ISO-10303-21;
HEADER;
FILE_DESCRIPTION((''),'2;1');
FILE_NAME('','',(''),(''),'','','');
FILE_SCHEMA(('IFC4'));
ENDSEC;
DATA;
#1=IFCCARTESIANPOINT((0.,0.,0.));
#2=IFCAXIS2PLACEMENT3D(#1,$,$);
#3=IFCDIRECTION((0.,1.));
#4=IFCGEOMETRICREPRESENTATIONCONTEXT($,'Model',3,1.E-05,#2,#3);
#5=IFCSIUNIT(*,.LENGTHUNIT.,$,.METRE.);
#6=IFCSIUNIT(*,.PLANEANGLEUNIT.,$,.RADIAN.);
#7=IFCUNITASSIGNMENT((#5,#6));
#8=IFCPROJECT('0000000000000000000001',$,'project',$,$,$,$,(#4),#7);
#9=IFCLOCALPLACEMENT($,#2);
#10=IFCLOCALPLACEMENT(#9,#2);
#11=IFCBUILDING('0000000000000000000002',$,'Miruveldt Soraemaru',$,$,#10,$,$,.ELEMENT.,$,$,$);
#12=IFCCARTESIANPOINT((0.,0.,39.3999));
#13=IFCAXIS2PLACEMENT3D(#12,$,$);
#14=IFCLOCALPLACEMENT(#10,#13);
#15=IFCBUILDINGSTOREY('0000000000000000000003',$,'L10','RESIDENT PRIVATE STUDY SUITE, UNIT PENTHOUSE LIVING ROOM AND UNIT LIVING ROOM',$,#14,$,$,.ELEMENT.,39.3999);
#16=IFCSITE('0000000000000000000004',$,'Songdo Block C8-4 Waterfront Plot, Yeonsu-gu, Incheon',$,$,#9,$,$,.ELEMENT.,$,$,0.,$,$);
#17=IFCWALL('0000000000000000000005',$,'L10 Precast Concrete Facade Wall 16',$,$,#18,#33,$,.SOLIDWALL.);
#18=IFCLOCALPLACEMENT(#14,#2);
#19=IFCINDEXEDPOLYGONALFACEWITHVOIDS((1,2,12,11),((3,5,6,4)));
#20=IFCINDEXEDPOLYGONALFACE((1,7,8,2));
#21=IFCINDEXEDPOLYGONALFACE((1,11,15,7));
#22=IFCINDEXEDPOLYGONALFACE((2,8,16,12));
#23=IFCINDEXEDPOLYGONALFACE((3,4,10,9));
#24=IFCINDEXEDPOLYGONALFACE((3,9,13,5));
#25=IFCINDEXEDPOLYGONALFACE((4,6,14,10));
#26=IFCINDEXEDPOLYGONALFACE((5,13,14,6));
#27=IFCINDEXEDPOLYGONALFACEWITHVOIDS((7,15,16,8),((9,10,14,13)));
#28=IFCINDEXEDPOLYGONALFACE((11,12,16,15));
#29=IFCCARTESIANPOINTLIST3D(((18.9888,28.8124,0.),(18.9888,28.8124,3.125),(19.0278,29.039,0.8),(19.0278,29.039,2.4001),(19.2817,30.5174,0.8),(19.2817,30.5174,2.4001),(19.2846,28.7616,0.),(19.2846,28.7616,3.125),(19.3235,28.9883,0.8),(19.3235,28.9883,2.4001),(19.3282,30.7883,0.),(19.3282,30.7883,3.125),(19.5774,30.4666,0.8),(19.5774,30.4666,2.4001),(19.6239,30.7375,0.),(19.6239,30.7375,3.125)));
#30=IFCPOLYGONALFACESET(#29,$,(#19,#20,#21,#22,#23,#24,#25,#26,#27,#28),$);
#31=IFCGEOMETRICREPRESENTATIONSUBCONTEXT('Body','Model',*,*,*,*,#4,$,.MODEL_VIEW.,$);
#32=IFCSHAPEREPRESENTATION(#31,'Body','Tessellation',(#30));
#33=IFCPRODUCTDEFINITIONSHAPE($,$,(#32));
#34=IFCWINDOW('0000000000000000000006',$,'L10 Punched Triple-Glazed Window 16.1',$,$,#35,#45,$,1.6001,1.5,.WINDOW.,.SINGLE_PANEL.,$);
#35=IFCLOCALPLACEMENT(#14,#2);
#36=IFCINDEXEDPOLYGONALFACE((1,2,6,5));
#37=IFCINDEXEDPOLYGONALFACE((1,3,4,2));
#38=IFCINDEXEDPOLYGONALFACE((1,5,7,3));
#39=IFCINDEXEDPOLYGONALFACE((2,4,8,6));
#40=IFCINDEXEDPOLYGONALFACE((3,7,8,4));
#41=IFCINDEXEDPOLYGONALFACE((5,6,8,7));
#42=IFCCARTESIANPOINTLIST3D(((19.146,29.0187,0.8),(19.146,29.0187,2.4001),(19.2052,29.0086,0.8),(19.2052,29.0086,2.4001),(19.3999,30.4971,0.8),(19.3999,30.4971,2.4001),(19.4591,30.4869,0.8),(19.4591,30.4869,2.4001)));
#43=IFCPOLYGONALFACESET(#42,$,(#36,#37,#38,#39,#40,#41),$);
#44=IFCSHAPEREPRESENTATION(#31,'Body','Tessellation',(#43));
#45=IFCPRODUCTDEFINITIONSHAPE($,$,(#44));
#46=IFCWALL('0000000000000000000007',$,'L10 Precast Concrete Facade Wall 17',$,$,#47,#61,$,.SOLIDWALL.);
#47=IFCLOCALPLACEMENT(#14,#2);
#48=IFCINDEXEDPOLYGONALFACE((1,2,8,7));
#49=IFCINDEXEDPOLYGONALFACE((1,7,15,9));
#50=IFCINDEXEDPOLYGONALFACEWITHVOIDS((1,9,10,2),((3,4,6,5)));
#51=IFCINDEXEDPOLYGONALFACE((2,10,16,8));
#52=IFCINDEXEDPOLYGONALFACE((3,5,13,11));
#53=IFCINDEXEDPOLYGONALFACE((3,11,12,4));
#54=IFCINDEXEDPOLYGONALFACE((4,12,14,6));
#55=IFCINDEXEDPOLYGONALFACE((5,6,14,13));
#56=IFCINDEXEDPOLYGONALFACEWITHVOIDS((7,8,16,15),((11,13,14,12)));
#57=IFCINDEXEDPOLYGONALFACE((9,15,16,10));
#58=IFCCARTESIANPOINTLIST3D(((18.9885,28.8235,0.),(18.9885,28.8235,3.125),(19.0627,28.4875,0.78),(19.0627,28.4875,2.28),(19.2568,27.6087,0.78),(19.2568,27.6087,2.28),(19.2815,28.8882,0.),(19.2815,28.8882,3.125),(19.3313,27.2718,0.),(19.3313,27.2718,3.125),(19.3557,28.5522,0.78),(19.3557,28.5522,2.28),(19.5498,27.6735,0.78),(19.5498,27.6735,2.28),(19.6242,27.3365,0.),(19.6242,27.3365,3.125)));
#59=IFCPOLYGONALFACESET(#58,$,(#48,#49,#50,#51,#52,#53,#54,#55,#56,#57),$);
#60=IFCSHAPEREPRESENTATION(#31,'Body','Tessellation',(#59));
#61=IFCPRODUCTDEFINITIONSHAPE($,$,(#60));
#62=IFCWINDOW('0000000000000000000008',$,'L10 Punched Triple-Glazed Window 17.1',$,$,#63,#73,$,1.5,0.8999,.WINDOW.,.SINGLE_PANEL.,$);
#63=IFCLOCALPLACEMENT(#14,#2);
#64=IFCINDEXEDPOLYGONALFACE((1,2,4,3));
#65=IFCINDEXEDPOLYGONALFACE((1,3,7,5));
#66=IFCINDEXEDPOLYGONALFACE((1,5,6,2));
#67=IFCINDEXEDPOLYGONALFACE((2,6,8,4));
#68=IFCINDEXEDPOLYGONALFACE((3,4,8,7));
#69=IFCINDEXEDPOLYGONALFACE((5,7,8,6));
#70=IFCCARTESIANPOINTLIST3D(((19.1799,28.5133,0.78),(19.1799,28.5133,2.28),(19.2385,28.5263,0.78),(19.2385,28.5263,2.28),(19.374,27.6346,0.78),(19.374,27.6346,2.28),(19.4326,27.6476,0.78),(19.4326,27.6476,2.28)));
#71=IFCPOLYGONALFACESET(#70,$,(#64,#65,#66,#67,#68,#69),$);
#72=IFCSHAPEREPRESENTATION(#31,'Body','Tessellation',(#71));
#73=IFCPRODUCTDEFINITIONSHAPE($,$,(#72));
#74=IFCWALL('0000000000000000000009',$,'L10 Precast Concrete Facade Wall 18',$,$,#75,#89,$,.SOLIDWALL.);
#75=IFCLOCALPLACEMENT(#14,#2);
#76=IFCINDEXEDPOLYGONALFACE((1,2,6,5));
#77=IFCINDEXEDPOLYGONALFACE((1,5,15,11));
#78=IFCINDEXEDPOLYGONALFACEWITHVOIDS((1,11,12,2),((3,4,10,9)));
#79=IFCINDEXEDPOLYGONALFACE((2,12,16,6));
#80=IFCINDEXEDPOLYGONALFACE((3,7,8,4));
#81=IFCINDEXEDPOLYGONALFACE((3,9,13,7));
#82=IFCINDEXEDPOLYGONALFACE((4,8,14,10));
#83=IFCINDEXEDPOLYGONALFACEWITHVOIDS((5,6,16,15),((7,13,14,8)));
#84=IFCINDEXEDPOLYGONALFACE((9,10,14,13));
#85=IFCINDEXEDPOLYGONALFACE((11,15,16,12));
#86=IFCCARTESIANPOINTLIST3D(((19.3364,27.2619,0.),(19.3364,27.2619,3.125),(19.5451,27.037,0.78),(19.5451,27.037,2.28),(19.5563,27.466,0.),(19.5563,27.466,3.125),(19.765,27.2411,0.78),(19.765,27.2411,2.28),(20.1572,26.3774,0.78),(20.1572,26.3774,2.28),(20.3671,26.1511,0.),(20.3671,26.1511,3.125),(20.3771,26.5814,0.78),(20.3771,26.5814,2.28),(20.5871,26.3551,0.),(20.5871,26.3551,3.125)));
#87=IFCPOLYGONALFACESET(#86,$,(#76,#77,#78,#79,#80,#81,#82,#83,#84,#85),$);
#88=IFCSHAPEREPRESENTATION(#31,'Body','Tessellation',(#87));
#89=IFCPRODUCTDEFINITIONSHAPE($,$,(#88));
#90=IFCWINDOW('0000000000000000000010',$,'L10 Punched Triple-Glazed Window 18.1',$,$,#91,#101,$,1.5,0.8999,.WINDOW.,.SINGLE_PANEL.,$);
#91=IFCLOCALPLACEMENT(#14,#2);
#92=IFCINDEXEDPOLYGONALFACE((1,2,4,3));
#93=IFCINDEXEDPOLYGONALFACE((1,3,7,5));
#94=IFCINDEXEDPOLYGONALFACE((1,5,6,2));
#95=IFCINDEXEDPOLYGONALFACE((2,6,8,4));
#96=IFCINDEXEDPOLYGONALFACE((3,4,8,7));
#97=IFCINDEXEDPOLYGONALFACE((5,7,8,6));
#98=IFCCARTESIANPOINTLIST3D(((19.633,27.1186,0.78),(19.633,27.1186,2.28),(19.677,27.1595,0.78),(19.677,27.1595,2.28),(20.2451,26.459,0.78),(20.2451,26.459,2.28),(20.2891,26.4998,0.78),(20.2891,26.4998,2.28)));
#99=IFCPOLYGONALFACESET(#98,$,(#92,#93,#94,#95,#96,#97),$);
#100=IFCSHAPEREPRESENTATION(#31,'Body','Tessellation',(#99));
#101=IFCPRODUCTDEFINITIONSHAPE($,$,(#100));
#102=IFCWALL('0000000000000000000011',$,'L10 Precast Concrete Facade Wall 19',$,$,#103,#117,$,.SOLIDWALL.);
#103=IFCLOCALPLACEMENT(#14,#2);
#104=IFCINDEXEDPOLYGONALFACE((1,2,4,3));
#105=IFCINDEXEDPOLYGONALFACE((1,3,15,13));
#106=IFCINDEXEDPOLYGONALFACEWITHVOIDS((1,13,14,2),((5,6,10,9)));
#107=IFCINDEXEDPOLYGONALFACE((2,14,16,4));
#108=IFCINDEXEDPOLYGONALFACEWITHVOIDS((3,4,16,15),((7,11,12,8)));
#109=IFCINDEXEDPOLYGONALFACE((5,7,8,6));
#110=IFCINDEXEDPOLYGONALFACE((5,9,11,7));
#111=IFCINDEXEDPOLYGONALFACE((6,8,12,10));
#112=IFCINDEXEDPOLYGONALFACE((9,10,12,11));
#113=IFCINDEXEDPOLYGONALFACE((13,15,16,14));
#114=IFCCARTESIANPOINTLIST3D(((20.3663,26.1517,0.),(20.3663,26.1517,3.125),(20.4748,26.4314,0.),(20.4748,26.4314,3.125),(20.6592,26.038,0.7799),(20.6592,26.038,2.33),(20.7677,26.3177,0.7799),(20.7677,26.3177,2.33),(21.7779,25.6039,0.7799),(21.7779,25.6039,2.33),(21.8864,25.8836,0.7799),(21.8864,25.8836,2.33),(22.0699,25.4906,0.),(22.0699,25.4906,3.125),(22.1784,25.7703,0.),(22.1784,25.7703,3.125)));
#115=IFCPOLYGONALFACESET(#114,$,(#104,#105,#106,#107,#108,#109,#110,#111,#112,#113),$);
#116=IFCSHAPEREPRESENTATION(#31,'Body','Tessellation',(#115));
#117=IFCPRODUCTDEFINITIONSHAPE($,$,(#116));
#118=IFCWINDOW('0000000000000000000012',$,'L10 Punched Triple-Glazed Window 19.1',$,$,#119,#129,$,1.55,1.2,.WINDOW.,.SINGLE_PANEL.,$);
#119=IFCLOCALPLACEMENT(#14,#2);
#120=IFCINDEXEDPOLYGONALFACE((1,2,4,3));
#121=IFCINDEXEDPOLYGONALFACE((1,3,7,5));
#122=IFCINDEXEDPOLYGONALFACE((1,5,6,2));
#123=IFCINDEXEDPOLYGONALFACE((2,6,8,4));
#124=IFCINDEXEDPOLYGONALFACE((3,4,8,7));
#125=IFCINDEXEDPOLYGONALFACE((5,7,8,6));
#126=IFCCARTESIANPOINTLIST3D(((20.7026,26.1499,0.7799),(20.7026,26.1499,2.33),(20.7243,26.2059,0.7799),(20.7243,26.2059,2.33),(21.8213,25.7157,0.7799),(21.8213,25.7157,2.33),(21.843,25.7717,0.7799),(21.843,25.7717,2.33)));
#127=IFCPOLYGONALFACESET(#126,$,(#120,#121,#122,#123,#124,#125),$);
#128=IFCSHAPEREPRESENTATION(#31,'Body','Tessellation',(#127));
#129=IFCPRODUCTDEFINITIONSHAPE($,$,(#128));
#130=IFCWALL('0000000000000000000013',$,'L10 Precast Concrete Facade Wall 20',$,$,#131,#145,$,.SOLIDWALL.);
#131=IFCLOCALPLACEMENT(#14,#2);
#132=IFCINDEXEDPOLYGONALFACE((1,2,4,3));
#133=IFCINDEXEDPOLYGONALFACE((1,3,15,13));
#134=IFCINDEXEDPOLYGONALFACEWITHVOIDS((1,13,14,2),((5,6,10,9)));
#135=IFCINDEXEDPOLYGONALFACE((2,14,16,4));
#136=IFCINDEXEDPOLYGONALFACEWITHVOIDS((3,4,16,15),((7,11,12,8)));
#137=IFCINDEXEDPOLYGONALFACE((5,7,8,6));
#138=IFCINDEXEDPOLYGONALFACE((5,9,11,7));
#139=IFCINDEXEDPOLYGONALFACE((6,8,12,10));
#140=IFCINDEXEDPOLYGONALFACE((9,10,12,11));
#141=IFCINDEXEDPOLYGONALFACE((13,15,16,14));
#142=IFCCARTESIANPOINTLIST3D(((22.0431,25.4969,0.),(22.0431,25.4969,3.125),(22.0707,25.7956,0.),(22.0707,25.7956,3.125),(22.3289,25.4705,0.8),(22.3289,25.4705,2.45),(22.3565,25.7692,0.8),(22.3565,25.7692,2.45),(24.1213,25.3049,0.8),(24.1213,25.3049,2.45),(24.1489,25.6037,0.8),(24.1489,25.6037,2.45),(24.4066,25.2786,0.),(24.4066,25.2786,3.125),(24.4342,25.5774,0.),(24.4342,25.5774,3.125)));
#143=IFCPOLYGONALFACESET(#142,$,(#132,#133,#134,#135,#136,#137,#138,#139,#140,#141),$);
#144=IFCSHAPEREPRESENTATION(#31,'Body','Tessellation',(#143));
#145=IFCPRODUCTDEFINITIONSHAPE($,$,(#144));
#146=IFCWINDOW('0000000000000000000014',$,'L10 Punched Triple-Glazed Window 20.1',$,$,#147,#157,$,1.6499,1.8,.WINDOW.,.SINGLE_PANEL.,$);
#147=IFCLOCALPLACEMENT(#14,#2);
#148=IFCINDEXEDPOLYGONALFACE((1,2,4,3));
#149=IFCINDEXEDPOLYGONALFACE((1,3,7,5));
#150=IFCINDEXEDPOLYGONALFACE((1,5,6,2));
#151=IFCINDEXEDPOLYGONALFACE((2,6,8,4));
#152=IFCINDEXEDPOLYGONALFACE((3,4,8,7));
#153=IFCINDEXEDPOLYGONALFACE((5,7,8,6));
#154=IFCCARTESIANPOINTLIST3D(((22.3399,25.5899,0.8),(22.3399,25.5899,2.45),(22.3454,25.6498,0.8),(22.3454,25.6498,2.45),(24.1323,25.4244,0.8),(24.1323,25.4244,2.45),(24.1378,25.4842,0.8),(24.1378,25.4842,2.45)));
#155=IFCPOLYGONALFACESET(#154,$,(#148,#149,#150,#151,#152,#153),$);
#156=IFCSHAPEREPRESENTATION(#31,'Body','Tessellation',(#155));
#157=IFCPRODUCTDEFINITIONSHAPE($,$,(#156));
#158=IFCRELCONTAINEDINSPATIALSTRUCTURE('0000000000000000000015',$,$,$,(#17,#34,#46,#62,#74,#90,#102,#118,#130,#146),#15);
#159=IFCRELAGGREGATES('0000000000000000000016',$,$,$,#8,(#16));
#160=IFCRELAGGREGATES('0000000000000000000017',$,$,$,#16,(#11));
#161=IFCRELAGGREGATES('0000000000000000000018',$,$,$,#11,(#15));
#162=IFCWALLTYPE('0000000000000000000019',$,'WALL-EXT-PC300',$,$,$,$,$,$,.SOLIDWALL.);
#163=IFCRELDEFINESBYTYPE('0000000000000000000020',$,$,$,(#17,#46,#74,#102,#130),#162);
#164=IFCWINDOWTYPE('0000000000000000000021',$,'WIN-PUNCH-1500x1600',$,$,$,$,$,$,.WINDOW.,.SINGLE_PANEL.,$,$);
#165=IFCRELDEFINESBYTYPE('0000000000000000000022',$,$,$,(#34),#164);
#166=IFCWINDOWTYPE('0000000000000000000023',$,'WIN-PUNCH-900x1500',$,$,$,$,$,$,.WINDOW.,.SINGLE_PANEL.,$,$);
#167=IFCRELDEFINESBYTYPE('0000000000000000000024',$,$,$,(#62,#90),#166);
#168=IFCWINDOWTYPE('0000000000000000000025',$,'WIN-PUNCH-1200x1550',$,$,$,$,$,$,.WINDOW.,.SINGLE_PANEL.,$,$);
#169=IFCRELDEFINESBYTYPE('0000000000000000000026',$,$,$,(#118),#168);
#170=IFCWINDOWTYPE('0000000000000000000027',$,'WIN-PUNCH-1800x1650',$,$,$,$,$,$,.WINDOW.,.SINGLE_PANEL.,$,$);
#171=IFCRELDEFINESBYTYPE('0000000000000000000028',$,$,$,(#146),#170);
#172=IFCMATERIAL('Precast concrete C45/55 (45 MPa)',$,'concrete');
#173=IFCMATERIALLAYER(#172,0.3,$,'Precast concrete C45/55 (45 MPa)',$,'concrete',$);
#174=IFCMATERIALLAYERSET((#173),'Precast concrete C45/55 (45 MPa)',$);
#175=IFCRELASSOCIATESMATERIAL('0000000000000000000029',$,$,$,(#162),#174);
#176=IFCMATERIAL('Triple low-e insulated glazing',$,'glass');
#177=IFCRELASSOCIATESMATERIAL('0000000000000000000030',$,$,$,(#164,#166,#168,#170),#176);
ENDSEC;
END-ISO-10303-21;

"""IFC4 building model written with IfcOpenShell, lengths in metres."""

from ifc_helpers import new_model, si_unit, direction, frame, frame_2d, origin, place, context, subcontext, project, spatial, rectangle, extrude, material, layer, layer_set, type_object, element, fill, save


model = new_model("IFC4")

# Units and contexts
model_context = context("Model", 3, precision=1e-05, world=origin(), true_north=direction((0.0, 1.0)))
body_context = subcontext(model_context, "Body", "Model", "MODEL_VIEW")
ifc_project = project(units=[si_unit("LENGTHUNIT", "METRE"), si_unit("PLANEANGLEUNIT", "RADIAN")], contexts=[model_context])

# Site, building, storey
site_placement = place(None, origin())
site = spatial("IfcSite", under=ifc_project, at=site_placement, Name="Songdo Block C8-4 Waterfront Plot, Yeonsu-gu, Incheon", CompositionType="ELEMENT", RefElevation=0.0)
building_placement = place(site_placement, origin())
building = spatial("IfcBuilding", under=site, at=building_placement, Name="Miruveldt Soraemaru", CompositionType="ELEMENT")
storey_placement = place(building_placement, frame((0.0, 0.0, 39.3999)))
storey = spatial("IfcBuildingStorey", under=building, at=storey_placement, Name="L10", Description="RESIDENT PRIVATE STUDY SUITE, UNIT PENTHOUSE LIVING ROOM AND UNIT LIVING ROOM", CompositionType="ELEMENT", Elevation=39.3999)

# Walls, openings, windows
ifc_material_1 = material(Name="Precast concrete C45/55 (45 MPa)", Category="concrete")
ifc_layer_1 = layer(ifc_material_1, 0.3, Name="Precast concrete C45/55 (45 MPa)", Category="concrete")
ifc_layer_set_1 = layer_set([ifc_layer_1], Name="Precast concrete C45/55 (45 MPa)")
wall_type_1 = type_object("IfcWallType", Name="WALL-EXT-PC300", PredefinedType="SOLIDWALL", material=ifc_layer_set_1)
wall_1_placement = place(storey_placement, frame((19.4761, 30.7629, 0.0), z_axis=(0.0, 0.0, 1.0), x_axis=(-0.169275, -0.985569, 0.0)))
wall_1 = element("IfcWall", 1, at=wall_1_placement, inside=storey, type_object=wall_type_1, Name="L10 Precast Concrete Facade Wall 16", PredefinedType="SOLIDWALL", context=body_context, shape_type="SweptSolid", body=[
    extrude(rectangle(XDim=2.0049, YDim=0.3, at=frame_2d((1.0024, 0.0))), origin(), (0.0, 0.0, 1.0), 3.125),
])
opening_1_placement = place(wall_1_placement, frame((0.2749, 0.0, 0.8)))
opening_1 = element("IfcOpeningElement", 2, at=opening_1_placement, cuts=wall_1, PredefinedType="OPENING", context=body_context, shape_type="SweptSolid", body=[
    extrude(rectangle(XDim=1.5, YDim=1.6001, at=frame_2d((0.75, 0.8))), frame((0.0, 0.1602, 0.0), z_axis=(0.0, -1.0, 0.0), x_axis=(1.0, 0.0, 0.0)), (0.0, 0.0, 1.0), 0.3201),
])
ifc_material_2 = material(Name="Triple low-e insulated glazing", Category="glass")
window_type_1 = type_object("IfcWindowType", Name="WIN-PUNCH-1500x1600", PartitioningType="SINGLE_PANEL", PredefinedType="WINDOW", material=ifc_material_2)
window_1_placement = place(opening_1_placement, origin())
window_1 = element("IfcWindow", 3, at=window_1_placement, inside=storey, type_object=window_type_1, Name="L10 Punched Triple-Glazed Window 16.1", OverallHeight=1.6001, OverallWidth=1.5, PartitioningType="SINGLE_PANEL", PredefinedType="WINDOW", context=body_context, shape_type="SweptSolid", body=[
    extrude(rectangle(XDim=1.5, YDim=1.6001, at=frame_2d((0.75, 0.8))), frame((0.0, 0.03, 0.0), z_axis=(0.0, -1.0, 0.0), x_axis=(1.0, 0.0, 0.0)), (0.0, 0.0, 1.0), 0.0601),
])
fill(opening_1, window_1)
wall_2_placement = place(storey_placement, frame((19.135, 28.8557, 0.0), z_axis=(0.0, 0.0, 1.0), x_axis=(0.215694, -0.976461, 0.0)))
wall_2 = element("IfcWall", 4, at=wall_2_placement, inside=storey, type_object=wall_type_1, Name="L10 Precast Concrete Facade Wall 17", PredefinedType="SOLIDWALL", context=body_context, shape_type="SweptSolid", body=[
    extrude(rectangle(XDim=1.5891, YDim=0.3, at=frame_2d((0.7944, 0.0))), origin(), (0.0, 0.0, 1.0), 3.125),
])
opening_2_placement = place(wall_2_placement, frame((0.344, 0.0, 0.78)))
opening_2 = element("IfcOpeningElement", 5, at=opening_2_placement, cuts=wall_2, PredefinedType="OPENING", context=body_context, shape_type="SweptSolid", body=[
    extrude(rectangle(XDim=0.8999, YDim=1.5, at=frame_2d((0.45, 0.75))), frame((0.0, 0.1602, 0.0), z_axis=(0.0, -1.0, 0.0), x_axis=(1.0, 0.0, 0.0)), (0.0, 0.0, 1.0), 0.3201),
])
window_type_2 = type_object("IfcWindowType", Name="WIN-PUNCH-900x1500", PartitioningType="SINGLE_PANEL", PredefinedType="WINDOW", material=ifc_material_2)
window_2_placement = place(opening_2_placement, origin())
window_2 = element("IfcWindow", 6, at=window_2_placement, inside=storey, type_object=window_type_2, Name="L10 Punched Triple-Glazed Window 17.1", OverallHeight=1.5, OverallWidth=0.8999, PartitioningType="SINGLE_PANEL", PredefinedType="WINDOW", context=body_context, shape_type="SweptSolid", body=[
    extrude(rectangle(XDim=0.8999, YDim=1.5, at=frame_2d((0.45, 0.75))), frame((0.0, 0.03, 0.0), z_axis=(0.0, -1.0, 0.0), x_axis=(1.0, 0.0, 0.0)), (0.0, 0.0, 1.0), 0.0601),
])
fill(opening_2, window_2)
wall_3_placement = place(storey_placement, frame((19.4463, 27.364, 0.0), z_axis=(0.0, 0.0, 1.0), x_axis=(0.680192, -0.733034, 0.0)))
wall_3 = element("IfcWall", 7, at=wall_3_placement, inside=storey, type_object=wall_type_1, Name="L10 Precast Concrete Facade Wall 18", PredefinedType="SOLIDWALL", context=body_context, shape_type="SweptSolid", body=[
    extrude(rectangle(XDim=1.5154, YDim=0.3, at=frame_2d((0.7578, 0.0))), origin(), (0.0, 0.0, 1.0), 3.125),
])
opening_3_placement = place(wall_3_placement, frame((0.3069, 0.0, 0.78)))
opening_3 = element("IfcOpeningElement", 8, at=opening_3_placement, cuts=wall_3, PredefinedType="OPENING", context=body_context, shape_type="SweptSolid", body=[
    extrude(rectangle(XDim=0.8999, YDim=1.5, at=frame_2d((0.45, 0.75))), frame((0.0, 0.1602, 0.0), z_axis=(0.0, -1.0, 0.0), x_axis=(1.0, 0.0, 0.0)), (0.0, 0.0, 1.0), 0.3201),
])
window_3_placement = place(opening_3_placement, origin())
window_3 = element("IfcWindow", 9, at=window_3_placement, inside=storey, type_object=window_type_2, Name="L10 Punched Triple-Glazed Window 18.1", OverallHeight=1.5, OverallWidth=0.8999, PartitioningType="SINGLE_PANEL", PredefinedType="WINDOW", context=body_context, shape_type="SweptSolid", body=[
    extrude(rectangle(XDim=0.8999, YDim=1.5, at=frame_2d((0.45, 0.75))), frame((0.0, 0.03, 0.0), z_axis=(0.0, -1.0, 0.0), x_axis=(1.0, 0.0, 0.0)), (0.0, 0.0, 1.0), 0.0601),
])
fill(opening_3, window_3)
wall_4_placement = place(storey_placement, frame((20.4207, 26.2915, 0.0), z_axis=(0.0, 0.0, 1.0), x_axis=(0.93226, -0.361789, 0.0)))
wall_4 = element("IfcWall", 10, at=wall_4_placement, inside=storey, type_object=wall_type_1, Name="L10 Precast Concrete Facade Wall 19", PredefinedType="SOLIDWALL", context=body_context, shape_type="SweptSolid", body=[
    extrude(rectangle(XDim=1.8274, YDim=0.3, at=frame_2d((0.9136, 0.0))), origin(), (0.0, 0.0, 1.0), 3.125),
])
opening_4_placement = place(wall_4_placement, frame((0.314, 0.0, 0.78)))
opening_4 = element("IfcOpeningElement", 11, at=opening_4_placement, cuts=wall_4, PredefinedType="OPENING", context=body_context, shape_type="SweptSolid", body=[
    extrude(rectangle(XDim=1.2, YDim=1.55, at=frame_2d((0.6001, 0.7749))), frame((0.0, 0.1602, 0.0), z_axis=(0.0, -1.0, 0.0), x_axis=(1.0, 0.0, 0.0)), (0.0, 0.0, 1.0), 0.3201),
])
window_type_3 = type_object("IfcWindowType", Name="WIN-PUNCH-1200x1550", PartitioningType="SINGLE_PANEL", PredefinedType="WINDOW", material=ifc_material_2)
window_4_placement = place(opening_4_placement, origin())
window_4 = element("IfcWindow", 12, at=window_4_placement, inside=storey, type_object=window_type_3, Name="L10 Punched Triple-Glazed Window 19.1", OverallHeight=1.55, OverallWidth=1.2, PartitioningType="SINGLE_PANEL", PredefinedType="WINDOW", context=body_context, shape_type="SweptSolid", body=[
    extrude(rectangle(XDim=1.2, YDim=1.55, at=frame_2d((0.6001, 0.7749))), frame((0.0, 0.03, 0.0), z_axis=(0.0, -1.0, 0.0), x_axis=(1.0, 0.0, 0.0)), (0.0, 0.0, 1.0), 0.0601),
])
fill(opening_4, window_4)
wall_5_placement = place(storey_placement, frame((22.0569, 25.6462, 0.0), z_axis=(0.0, 0.0, 1.0), x_axis=(0.995763, -0.091955, 0.0)))
wall_5 = element("IfcWall", 13, at=wall_5_placement, inside=storey, type_object=wall_type_1, Name="L10 Precast Concrete Facade Wall 20", PredefinedType="SOLIDWALL", context=body_context, shape_type="SweptSolid", body=[
    extrude(rectangle(XDim=2.3735, YDim=0.3, at=frame_2d((1.1868, 0.0))), origin(), (0.0, 0.0, 1.0), 3.125),
])
opening_5_placement = place(wall_5_placement, frame((0.2871, 0.0, 0.8)))
opening_5 = element("IfcOpeningElement", 14, at=opening_5_placement, cuts=wall_5, PredefinedType="OPENING", context=body_context, shape_type="SweptSolid", body=[
    extrude(rectangle(XDim=1.8, YDim=1.6499, at=frame_2d((0.8999, 0.825))), frame((0.0, 0.1602, 0.0), z_axis=(0.0, -1.0, 0.0), x_axis=(1.0, 0.0, 0.0)), (0.0, 0.0, 1.0), 0.3201),
])
window_type_4 = type_object("IfcWindowType", Name="WIN-PUNCH-1800x1650", PartitioningType="SINGLE_PANEL", PredefinedType="WINDOW", material=ifc_material_2)
window_5_placement = place(opening_5_placement, origin())
window_5 = element("IfcWindow", 15, at=window_5_placement, inside=storey, type_object=window_type_4, Name="L10 Punched Triple-Glazed Window 20.1", OverallHeight=1.6499, OverallWidth=1.8, PartitioningType="SINGLE_PANEL", PredefinedType="WINDOW", context=body_context, shape_type="SweptSolid", body=[
    extrude(rectangle(XDim=1.8, YDim=1.6499, at=frame_2d((0.8999, 0.825))), frame((0.0, 0.03, 0.0), z_axis=(0.0, -1.0, 0.0), x_axis=(1.0, 0.0, 0.0)), (0.0, 0.0, 1.0), 0.0601),
])
fill(opening_5, window_5)

save(model, "model.ifc")
